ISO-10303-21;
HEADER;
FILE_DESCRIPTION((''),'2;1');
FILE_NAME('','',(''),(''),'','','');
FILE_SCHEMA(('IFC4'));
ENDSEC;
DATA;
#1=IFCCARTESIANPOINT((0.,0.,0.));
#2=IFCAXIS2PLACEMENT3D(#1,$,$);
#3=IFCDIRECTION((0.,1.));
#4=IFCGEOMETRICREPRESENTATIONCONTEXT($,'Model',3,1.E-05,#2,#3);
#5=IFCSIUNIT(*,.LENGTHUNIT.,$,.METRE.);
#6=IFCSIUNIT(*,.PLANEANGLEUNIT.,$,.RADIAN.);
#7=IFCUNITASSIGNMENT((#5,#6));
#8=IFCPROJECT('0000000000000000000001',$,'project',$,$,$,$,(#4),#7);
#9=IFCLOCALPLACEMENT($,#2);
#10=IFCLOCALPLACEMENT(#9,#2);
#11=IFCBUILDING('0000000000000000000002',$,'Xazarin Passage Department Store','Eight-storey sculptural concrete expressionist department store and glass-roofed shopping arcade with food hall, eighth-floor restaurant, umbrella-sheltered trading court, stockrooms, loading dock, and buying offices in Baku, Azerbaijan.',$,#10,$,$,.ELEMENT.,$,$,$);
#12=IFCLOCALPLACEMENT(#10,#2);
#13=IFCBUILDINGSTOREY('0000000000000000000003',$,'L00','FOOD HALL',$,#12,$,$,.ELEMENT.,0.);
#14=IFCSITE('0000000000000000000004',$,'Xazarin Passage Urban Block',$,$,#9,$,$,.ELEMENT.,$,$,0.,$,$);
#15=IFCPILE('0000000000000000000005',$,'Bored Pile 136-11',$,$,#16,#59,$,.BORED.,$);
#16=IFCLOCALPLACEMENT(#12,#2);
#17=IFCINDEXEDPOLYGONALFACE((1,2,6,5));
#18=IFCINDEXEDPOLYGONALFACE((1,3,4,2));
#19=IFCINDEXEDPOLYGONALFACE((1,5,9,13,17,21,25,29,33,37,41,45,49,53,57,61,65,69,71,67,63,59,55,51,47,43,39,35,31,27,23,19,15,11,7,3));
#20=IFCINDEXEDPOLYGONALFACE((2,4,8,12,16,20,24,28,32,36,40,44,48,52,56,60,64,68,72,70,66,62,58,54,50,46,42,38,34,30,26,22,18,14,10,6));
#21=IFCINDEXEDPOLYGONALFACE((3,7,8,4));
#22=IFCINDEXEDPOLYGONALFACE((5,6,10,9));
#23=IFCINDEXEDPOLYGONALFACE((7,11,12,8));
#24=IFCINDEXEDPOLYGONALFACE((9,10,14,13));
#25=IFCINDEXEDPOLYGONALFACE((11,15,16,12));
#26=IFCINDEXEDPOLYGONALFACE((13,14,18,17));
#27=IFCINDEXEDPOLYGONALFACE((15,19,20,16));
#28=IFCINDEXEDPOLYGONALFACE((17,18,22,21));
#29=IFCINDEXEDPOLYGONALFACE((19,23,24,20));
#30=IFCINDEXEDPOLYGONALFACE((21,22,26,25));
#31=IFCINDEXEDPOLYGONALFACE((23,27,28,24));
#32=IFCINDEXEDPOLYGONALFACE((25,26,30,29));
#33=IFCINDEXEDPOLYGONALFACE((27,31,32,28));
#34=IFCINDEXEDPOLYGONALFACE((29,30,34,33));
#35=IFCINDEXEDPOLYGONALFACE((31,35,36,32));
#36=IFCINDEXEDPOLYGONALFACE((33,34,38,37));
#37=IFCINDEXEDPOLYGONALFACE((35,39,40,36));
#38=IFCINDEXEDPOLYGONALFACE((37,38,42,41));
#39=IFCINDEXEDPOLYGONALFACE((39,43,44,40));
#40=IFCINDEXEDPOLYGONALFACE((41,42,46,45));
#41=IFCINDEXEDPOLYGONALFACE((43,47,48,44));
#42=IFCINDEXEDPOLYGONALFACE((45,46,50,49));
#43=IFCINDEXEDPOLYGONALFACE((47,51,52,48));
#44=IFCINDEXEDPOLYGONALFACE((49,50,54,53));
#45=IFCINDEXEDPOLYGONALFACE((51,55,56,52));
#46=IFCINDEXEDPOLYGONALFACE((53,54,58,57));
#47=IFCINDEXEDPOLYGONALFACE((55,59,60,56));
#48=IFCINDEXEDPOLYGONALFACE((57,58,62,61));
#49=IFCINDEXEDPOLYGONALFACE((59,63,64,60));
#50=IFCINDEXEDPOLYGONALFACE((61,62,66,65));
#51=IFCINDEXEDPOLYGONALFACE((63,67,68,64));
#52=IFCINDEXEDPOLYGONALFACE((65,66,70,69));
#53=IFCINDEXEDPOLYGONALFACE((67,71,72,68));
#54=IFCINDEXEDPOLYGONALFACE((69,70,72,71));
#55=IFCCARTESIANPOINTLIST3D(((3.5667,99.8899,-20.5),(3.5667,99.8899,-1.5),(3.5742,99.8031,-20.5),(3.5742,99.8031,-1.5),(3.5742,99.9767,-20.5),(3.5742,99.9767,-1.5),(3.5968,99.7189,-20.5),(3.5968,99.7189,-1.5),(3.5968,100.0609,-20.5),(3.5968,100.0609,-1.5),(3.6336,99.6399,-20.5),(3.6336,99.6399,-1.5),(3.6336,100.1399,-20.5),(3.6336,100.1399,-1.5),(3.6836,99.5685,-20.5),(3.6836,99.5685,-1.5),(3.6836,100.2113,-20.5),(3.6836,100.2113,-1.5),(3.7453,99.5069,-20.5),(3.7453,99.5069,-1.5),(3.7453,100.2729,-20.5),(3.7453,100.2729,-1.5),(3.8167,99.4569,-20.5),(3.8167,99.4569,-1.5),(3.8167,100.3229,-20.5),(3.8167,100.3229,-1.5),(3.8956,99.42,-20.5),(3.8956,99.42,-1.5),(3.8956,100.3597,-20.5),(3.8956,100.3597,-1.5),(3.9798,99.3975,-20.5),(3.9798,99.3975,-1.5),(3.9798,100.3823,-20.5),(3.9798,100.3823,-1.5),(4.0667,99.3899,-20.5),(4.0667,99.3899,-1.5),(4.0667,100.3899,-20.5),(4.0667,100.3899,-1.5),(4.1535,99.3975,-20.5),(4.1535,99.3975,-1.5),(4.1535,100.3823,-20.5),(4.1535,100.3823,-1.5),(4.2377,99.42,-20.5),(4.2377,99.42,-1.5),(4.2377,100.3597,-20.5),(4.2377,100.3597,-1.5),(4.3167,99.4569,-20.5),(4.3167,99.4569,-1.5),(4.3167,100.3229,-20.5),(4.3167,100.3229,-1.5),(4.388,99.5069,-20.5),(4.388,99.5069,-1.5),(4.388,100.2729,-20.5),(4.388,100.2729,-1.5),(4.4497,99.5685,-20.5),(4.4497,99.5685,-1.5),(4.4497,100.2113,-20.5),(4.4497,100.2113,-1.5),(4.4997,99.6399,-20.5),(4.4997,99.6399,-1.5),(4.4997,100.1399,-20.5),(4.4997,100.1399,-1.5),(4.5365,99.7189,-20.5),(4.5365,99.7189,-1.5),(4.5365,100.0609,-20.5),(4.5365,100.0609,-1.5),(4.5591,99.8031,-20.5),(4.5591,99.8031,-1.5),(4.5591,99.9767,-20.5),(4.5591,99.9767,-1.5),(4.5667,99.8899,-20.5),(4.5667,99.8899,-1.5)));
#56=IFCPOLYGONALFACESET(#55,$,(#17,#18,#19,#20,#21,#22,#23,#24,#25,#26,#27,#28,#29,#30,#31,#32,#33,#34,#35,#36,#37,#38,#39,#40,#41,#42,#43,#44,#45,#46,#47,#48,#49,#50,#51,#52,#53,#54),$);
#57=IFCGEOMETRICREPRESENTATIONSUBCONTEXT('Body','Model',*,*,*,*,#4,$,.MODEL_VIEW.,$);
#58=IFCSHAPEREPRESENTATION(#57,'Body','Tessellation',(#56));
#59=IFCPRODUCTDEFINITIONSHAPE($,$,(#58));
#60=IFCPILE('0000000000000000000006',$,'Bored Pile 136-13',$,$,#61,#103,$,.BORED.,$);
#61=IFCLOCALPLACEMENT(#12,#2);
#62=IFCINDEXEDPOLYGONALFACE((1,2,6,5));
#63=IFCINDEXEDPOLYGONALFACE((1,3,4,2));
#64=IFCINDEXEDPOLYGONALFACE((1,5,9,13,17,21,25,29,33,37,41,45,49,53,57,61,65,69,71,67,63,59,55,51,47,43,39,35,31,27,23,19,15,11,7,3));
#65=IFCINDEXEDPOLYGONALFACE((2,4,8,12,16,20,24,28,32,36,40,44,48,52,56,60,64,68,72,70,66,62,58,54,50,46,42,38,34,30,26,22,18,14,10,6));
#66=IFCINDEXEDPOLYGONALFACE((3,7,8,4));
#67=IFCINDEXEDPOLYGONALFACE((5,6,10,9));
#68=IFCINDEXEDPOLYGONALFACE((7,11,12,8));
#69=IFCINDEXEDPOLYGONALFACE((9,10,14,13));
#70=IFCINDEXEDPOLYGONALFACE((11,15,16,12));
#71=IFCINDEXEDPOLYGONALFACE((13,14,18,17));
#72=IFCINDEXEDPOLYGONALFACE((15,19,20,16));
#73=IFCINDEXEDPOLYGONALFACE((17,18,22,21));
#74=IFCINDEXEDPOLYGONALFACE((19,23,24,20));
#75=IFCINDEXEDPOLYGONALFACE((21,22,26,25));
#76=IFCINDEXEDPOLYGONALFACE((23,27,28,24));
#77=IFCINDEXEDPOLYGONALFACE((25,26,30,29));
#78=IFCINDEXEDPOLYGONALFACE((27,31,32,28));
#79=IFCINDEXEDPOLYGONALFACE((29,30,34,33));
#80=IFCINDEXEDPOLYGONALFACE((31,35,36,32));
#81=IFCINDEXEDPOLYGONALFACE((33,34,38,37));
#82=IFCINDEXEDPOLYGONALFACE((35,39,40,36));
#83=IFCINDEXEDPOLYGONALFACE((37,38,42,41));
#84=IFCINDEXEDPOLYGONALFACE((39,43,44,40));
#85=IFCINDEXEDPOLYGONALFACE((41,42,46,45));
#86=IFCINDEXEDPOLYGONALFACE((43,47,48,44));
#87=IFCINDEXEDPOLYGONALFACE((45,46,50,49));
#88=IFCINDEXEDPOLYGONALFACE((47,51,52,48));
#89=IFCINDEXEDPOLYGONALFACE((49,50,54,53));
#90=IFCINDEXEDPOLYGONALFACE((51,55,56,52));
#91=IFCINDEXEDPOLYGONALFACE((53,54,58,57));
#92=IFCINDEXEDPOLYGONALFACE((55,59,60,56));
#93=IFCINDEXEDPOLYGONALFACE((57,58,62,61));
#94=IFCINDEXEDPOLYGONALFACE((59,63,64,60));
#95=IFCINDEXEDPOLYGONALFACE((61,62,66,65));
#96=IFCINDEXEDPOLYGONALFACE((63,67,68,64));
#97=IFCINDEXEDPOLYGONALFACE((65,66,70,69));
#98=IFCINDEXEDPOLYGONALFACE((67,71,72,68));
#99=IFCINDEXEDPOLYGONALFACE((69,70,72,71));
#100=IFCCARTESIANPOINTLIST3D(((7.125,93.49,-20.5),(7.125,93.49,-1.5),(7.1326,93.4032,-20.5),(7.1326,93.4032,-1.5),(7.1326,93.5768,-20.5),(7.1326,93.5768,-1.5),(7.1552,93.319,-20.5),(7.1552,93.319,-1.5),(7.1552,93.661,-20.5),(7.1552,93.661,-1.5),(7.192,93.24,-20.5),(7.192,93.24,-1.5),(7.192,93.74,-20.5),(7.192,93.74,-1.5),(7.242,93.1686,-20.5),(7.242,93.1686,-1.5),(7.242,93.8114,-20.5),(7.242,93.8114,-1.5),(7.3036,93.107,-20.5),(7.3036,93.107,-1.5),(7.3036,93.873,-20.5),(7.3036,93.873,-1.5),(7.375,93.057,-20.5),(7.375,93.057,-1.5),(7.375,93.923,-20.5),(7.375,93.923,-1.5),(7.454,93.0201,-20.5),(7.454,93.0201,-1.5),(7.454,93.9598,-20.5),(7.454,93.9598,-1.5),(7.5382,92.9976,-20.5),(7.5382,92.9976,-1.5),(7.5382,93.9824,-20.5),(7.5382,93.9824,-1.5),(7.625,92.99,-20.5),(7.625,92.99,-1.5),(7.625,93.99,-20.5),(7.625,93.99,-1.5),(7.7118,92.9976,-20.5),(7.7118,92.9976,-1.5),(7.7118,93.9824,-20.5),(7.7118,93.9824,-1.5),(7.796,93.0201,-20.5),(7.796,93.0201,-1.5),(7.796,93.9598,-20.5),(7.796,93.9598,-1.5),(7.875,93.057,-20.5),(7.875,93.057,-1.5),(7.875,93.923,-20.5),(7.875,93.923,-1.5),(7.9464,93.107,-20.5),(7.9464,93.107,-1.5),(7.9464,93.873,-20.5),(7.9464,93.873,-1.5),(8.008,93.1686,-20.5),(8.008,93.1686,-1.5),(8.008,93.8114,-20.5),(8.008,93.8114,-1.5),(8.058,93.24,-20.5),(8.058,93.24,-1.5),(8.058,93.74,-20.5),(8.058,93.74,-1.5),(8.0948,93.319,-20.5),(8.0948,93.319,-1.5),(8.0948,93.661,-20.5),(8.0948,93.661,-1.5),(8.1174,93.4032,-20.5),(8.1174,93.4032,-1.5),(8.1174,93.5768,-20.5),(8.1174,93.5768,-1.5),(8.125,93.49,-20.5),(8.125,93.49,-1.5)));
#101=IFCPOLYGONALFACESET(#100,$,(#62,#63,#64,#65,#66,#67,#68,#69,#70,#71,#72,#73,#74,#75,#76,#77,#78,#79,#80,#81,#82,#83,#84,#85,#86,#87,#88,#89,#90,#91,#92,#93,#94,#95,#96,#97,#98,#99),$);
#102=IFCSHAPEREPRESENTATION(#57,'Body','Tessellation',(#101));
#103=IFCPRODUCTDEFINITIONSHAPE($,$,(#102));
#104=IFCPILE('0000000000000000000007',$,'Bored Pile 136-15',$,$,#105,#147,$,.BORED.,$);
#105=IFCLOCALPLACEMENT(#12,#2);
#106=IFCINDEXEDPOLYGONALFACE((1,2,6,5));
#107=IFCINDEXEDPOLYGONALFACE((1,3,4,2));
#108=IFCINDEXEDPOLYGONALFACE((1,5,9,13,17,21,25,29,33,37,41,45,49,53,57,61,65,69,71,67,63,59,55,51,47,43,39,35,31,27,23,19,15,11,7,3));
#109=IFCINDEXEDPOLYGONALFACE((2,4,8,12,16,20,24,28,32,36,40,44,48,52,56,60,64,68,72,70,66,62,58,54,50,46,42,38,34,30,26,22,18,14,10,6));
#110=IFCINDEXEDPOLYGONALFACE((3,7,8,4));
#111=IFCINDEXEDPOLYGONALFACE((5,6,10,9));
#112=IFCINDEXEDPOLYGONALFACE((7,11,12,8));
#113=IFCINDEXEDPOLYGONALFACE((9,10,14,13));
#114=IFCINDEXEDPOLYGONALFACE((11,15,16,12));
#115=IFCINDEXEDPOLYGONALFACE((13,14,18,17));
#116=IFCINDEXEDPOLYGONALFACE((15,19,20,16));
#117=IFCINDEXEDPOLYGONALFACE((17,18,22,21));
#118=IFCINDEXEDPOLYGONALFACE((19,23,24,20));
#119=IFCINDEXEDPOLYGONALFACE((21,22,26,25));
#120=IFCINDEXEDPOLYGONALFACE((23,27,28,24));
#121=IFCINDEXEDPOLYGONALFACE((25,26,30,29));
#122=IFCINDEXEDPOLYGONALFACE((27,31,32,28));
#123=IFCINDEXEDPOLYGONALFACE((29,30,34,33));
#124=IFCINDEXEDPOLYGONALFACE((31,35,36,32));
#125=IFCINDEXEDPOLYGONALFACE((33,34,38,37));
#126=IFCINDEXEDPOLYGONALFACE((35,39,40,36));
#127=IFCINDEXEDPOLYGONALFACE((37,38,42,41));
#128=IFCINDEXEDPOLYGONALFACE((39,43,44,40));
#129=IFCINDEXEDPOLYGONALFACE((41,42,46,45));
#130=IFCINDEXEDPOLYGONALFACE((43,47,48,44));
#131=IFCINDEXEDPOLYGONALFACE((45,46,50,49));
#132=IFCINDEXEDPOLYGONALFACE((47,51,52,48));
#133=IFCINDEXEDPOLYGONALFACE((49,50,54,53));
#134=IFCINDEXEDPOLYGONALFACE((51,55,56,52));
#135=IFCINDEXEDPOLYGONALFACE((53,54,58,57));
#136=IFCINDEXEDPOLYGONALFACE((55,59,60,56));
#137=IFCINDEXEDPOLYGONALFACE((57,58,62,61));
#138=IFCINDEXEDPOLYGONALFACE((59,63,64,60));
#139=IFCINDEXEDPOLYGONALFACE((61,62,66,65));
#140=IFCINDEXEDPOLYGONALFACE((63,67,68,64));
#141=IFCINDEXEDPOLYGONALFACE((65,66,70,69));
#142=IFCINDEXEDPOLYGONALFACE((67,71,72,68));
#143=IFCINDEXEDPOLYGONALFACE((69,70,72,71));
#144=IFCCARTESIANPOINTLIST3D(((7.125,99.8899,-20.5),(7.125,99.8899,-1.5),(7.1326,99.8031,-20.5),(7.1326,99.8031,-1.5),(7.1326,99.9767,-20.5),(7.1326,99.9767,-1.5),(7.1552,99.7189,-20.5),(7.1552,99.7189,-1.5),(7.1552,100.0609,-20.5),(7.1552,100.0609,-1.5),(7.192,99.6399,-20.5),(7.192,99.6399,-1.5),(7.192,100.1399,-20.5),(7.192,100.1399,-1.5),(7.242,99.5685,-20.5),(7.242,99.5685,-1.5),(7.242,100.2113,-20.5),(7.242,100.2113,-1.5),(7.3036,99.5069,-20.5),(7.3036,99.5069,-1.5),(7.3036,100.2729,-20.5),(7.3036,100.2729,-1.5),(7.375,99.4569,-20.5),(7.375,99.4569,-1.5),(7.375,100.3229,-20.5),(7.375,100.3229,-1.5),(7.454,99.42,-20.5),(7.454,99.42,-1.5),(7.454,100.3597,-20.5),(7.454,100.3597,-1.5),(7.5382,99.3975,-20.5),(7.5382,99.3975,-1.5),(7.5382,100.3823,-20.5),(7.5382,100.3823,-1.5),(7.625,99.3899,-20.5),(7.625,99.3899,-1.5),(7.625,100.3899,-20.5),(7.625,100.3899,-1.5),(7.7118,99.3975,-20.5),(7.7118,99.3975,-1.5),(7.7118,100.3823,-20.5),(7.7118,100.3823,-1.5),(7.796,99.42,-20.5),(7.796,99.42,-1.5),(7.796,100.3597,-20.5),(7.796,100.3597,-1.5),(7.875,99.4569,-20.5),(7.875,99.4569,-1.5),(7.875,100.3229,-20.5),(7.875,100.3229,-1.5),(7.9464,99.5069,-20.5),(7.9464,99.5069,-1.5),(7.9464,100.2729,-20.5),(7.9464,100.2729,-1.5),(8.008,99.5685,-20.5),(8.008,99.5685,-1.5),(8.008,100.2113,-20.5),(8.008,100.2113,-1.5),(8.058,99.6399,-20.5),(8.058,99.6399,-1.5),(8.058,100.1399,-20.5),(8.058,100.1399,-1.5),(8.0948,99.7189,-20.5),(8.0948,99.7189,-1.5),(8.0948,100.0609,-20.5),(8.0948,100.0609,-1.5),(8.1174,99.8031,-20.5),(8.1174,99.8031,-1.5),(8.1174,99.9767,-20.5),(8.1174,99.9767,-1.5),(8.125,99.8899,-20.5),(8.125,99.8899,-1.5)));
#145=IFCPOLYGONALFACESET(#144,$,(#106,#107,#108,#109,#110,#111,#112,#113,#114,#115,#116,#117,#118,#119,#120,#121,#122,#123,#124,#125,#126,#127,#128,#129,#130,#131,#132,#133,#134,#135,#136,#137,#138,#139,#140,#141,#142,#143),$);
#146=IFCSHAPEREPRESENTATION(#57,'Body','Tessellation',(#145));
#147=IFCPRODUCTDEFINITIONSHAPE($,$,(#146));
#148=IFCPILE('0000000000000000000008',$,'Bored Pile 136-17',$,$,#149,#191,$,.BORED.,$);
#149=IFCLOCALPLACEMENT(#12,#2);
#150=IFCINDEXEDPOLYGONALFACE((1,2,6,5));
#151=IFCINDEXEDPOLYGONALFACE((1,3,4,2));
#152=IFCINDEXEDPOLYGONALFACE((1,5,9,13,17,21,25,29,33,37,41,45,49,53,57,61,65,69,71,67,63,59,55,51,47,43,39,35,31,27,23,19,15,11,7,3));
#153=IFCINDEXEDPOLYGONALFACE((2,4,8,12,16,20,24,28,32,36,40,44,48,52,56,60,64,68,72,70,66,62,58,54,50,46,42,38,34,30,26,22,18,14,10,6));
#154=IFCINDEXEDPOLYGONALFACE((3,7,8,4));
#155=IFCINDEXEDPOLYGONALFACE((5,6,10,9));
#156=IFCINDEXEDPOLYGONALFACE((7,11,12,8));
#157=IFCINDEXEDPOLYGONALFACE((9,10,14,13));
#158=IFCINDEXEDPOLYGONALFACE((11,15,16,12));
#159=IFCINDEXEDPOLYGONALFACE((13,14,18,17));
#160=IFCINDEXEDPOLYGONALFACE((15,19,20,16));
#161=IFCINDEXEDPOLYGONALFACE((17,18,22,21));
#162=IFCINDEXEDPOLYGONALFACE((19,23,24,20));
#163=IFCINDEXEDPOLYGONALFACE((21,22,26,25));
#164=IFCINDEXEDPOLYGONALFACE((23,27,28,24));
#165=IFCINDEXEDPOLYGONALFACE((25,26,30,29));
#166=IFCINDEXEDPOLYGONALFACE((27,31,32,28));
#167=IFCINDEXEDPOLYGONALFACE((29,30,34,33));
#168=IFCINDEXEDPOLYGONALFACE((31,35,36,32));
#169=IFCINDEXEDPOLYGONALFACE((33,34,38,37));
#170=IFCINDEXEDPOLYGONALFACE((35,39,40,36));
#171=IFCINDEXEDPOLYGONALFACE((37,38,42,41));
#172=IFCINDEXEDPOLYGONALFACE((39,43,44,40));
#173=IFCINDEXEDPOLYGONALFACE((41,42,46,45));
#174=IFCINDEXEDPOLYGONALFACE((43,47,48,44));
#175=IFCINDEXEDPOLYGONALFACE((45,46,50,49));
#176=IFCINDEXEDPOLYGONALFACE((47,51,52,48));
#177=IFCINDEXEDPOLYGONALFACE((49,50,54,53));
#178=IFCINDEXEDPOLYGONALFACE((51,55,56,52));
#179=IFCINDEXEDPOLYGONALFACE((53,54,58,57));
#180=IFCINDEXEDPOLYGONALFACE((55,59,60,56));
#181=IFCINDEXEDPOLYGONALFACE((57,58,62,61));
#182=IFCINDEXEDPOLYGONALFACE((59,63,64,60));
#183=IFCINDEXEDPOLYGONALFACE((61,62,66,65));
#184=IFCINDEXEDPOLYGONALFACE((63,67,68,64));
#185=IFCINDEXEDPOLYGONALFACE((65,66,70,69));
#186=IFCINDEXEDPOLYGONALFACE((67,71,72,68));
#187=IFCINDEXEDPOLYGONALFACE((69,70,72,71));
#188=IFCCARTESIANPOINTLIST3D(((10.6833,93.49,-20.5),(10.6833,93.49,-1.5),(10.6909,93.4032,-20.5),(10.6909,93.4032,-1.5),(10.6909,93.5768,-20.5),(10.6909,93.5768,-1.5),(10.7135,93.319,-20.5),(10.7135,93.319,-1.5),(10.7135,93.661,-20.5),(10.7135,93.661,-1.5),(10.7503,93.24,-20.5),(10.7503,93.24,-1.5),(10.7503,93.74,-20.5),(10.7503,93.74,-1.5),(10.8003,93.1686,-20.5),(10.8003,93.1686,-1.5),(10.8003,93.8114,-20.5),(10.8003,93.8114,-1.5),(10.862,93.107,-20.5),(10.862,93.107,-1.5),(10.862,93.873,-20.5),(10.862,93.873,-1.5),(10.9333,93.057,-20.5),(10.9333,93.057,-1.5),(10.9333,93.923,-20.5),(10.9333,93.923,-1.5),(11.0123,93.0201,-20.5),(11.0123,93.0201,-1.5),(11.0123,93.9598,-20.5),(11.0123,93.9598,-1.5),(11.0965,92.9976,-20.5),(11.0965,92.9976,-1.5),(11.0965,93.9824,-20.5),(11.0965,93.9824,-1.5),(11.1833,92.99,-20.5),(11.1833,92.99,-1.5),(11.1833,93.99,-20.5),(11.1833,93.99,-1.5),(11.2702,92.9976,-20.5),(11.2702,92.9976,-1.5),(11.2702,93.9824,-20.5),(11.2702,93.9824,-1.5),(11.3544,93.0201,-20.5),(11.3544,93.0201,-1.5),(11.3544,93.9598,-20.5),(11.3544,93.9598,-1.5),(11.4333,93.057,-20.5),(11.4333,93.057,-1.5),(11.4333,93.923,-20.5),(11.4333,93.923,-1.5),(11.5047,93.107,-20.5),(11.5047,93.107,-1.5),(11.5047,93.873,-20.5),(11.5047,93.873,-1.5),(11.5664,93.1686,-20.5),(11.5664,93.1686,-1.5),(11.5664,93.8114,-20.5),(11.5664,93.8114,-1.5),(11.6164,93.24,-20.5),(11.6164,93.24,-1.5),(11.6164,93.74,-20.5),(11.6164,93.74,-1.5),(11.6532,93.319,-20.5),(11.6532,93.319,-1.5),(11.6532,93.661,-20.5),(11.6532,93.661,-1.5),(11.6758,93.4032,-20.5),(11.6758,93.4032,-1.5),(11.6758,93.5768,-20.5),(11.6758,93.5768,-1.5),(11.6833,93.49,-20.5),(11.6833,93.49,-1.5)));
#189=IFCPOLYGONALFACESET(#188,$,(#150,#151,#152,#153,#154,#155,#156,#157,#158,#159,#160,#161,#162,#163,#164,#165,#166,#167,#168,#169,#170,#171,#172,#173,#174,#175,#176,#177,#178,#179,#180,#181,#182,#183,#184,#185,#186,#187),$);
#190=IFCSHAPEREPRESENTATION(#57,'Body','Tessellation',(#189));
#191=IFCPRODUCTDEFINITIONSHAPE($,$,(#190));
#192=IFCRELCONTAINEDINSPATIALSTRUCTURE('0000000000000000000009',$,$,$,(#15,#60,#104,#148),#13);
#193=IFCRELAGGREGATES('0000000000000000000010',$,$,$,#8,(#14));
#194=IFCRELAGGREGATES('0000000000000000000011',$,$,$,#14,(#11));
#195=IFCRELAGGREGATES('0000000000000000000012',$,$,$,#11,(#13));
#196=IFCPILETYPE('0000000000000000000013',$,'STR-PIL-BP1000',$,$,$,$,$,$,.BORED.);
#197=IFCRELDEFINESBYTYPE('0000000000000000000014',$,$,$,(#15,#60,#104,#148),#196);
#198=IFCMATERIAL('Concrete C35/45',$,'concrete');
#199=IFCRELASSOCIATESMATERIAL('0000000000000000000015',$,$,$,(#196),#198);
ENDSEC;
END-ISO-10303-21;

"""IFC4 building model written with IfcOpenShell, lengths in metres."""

from ifc_helpers import new_model, si_unit, direction, frame, origin, origin_2d, place, context, subcontext, project, spatial, circle, extrude, material, material_profile, profile_set, type_object, element, save


model = new_model("IFC4")

# Units and contexts
model_context = context("Model", 3, precision=1e-05, world=origin(), true_north=direction((0.0, 1.0)))
body_context = subcontext(model_context, "Body", "Model", "MODEL_VIEW")
ifc_project = project(units=[si_unit("LENGTHUNIT", "METRE"), si_unit("PLANEANGLEUNIT", "RADIAN")], contexts=[model_context])

# Site, building, storey
site_placement = place(None, origin())
site = spatial("IfcSite", under=ifc_project, at=site_placement, Name="Xazarin Passage Urban Block", CompositionType="ELEMENT", RefElevation=0.0)
building_placement = place(site_placement, origin())
building = spatial("IfcBuilding", under=site, at=building_placement, Name="Xazarin Passage Department Store", Description="Eight-storey sculptural concrete expressionist department store and glass-roofed shopping arcade with food hall, eighth-floor restaurant, umbrella-sheltered trading court, stockrooms, loading dock, and buying offices in Baku, Azerbaijan.", CompositionType="ELEMENT")
storey_placement = place(building_placement, origin())
storey = spatial("IfcBuildingStorey", under=building, at=storey_placement, Name="L00", Description="FOOD HALL", CompositionType="ELEMENT", Elevation=0.0)

# Shared definitions
ifc_material_1 = material(Name="Concrete C35/45", Category="concrete")

# Piles
ifc_material_profile_1 = material_profile(ifc_material_1, circle(Radius=0.5, at=origin_2d()), Name="BP 1000")
ifc_profile_set_1 = profile_set([ifc_material_profile_1], Name="Concrete C35/45")
pile_type_1 = type_object("IfcPileType", Name="STR-PIL-BP1000", PredefinedType="BORED", material=ifc_profile_set_1)
for number, where, z_axis, x_axis, name in (
    (1, (4.0667, 99.8899, -1.5), (0.0, 0.0, -1.0), (1.0, 0.0, 0.0), "Bored Pile 136-11"),
    (2, (7.625, 93.49, -1.5), (0.0, 0.0, -1.0), (1.0, 0.0, 0.0), "Bored Pile 136-13"),
    (3, (7.625, 99.8899, -1.5), (0.0, 0.0, -1.0), (1.0, 0.0, 0.0), "Bored Pile 136-15"),
    (4, (11.1833, 93.49, -1.5), (0.0, 0.0, -1.0), (1.0, 0.0, 0.0), "Bored Pile 136-17"),
):
    element("IfcPile", number, at=place(storey_placement, frame(where, z_axis=z_axis, x_axis=x_axis)), inside=storey, type_object=pile_type_1, Name=name, PredefinedType="BORED", context=body_context, shape_type="SweptSolid", body=[
        extrude(circle(Radius=0.5, at=origin_2d()), origin(), (0.0, 0.0, 1.0), 19.0),
    ])

save(model, "model.ifc")
